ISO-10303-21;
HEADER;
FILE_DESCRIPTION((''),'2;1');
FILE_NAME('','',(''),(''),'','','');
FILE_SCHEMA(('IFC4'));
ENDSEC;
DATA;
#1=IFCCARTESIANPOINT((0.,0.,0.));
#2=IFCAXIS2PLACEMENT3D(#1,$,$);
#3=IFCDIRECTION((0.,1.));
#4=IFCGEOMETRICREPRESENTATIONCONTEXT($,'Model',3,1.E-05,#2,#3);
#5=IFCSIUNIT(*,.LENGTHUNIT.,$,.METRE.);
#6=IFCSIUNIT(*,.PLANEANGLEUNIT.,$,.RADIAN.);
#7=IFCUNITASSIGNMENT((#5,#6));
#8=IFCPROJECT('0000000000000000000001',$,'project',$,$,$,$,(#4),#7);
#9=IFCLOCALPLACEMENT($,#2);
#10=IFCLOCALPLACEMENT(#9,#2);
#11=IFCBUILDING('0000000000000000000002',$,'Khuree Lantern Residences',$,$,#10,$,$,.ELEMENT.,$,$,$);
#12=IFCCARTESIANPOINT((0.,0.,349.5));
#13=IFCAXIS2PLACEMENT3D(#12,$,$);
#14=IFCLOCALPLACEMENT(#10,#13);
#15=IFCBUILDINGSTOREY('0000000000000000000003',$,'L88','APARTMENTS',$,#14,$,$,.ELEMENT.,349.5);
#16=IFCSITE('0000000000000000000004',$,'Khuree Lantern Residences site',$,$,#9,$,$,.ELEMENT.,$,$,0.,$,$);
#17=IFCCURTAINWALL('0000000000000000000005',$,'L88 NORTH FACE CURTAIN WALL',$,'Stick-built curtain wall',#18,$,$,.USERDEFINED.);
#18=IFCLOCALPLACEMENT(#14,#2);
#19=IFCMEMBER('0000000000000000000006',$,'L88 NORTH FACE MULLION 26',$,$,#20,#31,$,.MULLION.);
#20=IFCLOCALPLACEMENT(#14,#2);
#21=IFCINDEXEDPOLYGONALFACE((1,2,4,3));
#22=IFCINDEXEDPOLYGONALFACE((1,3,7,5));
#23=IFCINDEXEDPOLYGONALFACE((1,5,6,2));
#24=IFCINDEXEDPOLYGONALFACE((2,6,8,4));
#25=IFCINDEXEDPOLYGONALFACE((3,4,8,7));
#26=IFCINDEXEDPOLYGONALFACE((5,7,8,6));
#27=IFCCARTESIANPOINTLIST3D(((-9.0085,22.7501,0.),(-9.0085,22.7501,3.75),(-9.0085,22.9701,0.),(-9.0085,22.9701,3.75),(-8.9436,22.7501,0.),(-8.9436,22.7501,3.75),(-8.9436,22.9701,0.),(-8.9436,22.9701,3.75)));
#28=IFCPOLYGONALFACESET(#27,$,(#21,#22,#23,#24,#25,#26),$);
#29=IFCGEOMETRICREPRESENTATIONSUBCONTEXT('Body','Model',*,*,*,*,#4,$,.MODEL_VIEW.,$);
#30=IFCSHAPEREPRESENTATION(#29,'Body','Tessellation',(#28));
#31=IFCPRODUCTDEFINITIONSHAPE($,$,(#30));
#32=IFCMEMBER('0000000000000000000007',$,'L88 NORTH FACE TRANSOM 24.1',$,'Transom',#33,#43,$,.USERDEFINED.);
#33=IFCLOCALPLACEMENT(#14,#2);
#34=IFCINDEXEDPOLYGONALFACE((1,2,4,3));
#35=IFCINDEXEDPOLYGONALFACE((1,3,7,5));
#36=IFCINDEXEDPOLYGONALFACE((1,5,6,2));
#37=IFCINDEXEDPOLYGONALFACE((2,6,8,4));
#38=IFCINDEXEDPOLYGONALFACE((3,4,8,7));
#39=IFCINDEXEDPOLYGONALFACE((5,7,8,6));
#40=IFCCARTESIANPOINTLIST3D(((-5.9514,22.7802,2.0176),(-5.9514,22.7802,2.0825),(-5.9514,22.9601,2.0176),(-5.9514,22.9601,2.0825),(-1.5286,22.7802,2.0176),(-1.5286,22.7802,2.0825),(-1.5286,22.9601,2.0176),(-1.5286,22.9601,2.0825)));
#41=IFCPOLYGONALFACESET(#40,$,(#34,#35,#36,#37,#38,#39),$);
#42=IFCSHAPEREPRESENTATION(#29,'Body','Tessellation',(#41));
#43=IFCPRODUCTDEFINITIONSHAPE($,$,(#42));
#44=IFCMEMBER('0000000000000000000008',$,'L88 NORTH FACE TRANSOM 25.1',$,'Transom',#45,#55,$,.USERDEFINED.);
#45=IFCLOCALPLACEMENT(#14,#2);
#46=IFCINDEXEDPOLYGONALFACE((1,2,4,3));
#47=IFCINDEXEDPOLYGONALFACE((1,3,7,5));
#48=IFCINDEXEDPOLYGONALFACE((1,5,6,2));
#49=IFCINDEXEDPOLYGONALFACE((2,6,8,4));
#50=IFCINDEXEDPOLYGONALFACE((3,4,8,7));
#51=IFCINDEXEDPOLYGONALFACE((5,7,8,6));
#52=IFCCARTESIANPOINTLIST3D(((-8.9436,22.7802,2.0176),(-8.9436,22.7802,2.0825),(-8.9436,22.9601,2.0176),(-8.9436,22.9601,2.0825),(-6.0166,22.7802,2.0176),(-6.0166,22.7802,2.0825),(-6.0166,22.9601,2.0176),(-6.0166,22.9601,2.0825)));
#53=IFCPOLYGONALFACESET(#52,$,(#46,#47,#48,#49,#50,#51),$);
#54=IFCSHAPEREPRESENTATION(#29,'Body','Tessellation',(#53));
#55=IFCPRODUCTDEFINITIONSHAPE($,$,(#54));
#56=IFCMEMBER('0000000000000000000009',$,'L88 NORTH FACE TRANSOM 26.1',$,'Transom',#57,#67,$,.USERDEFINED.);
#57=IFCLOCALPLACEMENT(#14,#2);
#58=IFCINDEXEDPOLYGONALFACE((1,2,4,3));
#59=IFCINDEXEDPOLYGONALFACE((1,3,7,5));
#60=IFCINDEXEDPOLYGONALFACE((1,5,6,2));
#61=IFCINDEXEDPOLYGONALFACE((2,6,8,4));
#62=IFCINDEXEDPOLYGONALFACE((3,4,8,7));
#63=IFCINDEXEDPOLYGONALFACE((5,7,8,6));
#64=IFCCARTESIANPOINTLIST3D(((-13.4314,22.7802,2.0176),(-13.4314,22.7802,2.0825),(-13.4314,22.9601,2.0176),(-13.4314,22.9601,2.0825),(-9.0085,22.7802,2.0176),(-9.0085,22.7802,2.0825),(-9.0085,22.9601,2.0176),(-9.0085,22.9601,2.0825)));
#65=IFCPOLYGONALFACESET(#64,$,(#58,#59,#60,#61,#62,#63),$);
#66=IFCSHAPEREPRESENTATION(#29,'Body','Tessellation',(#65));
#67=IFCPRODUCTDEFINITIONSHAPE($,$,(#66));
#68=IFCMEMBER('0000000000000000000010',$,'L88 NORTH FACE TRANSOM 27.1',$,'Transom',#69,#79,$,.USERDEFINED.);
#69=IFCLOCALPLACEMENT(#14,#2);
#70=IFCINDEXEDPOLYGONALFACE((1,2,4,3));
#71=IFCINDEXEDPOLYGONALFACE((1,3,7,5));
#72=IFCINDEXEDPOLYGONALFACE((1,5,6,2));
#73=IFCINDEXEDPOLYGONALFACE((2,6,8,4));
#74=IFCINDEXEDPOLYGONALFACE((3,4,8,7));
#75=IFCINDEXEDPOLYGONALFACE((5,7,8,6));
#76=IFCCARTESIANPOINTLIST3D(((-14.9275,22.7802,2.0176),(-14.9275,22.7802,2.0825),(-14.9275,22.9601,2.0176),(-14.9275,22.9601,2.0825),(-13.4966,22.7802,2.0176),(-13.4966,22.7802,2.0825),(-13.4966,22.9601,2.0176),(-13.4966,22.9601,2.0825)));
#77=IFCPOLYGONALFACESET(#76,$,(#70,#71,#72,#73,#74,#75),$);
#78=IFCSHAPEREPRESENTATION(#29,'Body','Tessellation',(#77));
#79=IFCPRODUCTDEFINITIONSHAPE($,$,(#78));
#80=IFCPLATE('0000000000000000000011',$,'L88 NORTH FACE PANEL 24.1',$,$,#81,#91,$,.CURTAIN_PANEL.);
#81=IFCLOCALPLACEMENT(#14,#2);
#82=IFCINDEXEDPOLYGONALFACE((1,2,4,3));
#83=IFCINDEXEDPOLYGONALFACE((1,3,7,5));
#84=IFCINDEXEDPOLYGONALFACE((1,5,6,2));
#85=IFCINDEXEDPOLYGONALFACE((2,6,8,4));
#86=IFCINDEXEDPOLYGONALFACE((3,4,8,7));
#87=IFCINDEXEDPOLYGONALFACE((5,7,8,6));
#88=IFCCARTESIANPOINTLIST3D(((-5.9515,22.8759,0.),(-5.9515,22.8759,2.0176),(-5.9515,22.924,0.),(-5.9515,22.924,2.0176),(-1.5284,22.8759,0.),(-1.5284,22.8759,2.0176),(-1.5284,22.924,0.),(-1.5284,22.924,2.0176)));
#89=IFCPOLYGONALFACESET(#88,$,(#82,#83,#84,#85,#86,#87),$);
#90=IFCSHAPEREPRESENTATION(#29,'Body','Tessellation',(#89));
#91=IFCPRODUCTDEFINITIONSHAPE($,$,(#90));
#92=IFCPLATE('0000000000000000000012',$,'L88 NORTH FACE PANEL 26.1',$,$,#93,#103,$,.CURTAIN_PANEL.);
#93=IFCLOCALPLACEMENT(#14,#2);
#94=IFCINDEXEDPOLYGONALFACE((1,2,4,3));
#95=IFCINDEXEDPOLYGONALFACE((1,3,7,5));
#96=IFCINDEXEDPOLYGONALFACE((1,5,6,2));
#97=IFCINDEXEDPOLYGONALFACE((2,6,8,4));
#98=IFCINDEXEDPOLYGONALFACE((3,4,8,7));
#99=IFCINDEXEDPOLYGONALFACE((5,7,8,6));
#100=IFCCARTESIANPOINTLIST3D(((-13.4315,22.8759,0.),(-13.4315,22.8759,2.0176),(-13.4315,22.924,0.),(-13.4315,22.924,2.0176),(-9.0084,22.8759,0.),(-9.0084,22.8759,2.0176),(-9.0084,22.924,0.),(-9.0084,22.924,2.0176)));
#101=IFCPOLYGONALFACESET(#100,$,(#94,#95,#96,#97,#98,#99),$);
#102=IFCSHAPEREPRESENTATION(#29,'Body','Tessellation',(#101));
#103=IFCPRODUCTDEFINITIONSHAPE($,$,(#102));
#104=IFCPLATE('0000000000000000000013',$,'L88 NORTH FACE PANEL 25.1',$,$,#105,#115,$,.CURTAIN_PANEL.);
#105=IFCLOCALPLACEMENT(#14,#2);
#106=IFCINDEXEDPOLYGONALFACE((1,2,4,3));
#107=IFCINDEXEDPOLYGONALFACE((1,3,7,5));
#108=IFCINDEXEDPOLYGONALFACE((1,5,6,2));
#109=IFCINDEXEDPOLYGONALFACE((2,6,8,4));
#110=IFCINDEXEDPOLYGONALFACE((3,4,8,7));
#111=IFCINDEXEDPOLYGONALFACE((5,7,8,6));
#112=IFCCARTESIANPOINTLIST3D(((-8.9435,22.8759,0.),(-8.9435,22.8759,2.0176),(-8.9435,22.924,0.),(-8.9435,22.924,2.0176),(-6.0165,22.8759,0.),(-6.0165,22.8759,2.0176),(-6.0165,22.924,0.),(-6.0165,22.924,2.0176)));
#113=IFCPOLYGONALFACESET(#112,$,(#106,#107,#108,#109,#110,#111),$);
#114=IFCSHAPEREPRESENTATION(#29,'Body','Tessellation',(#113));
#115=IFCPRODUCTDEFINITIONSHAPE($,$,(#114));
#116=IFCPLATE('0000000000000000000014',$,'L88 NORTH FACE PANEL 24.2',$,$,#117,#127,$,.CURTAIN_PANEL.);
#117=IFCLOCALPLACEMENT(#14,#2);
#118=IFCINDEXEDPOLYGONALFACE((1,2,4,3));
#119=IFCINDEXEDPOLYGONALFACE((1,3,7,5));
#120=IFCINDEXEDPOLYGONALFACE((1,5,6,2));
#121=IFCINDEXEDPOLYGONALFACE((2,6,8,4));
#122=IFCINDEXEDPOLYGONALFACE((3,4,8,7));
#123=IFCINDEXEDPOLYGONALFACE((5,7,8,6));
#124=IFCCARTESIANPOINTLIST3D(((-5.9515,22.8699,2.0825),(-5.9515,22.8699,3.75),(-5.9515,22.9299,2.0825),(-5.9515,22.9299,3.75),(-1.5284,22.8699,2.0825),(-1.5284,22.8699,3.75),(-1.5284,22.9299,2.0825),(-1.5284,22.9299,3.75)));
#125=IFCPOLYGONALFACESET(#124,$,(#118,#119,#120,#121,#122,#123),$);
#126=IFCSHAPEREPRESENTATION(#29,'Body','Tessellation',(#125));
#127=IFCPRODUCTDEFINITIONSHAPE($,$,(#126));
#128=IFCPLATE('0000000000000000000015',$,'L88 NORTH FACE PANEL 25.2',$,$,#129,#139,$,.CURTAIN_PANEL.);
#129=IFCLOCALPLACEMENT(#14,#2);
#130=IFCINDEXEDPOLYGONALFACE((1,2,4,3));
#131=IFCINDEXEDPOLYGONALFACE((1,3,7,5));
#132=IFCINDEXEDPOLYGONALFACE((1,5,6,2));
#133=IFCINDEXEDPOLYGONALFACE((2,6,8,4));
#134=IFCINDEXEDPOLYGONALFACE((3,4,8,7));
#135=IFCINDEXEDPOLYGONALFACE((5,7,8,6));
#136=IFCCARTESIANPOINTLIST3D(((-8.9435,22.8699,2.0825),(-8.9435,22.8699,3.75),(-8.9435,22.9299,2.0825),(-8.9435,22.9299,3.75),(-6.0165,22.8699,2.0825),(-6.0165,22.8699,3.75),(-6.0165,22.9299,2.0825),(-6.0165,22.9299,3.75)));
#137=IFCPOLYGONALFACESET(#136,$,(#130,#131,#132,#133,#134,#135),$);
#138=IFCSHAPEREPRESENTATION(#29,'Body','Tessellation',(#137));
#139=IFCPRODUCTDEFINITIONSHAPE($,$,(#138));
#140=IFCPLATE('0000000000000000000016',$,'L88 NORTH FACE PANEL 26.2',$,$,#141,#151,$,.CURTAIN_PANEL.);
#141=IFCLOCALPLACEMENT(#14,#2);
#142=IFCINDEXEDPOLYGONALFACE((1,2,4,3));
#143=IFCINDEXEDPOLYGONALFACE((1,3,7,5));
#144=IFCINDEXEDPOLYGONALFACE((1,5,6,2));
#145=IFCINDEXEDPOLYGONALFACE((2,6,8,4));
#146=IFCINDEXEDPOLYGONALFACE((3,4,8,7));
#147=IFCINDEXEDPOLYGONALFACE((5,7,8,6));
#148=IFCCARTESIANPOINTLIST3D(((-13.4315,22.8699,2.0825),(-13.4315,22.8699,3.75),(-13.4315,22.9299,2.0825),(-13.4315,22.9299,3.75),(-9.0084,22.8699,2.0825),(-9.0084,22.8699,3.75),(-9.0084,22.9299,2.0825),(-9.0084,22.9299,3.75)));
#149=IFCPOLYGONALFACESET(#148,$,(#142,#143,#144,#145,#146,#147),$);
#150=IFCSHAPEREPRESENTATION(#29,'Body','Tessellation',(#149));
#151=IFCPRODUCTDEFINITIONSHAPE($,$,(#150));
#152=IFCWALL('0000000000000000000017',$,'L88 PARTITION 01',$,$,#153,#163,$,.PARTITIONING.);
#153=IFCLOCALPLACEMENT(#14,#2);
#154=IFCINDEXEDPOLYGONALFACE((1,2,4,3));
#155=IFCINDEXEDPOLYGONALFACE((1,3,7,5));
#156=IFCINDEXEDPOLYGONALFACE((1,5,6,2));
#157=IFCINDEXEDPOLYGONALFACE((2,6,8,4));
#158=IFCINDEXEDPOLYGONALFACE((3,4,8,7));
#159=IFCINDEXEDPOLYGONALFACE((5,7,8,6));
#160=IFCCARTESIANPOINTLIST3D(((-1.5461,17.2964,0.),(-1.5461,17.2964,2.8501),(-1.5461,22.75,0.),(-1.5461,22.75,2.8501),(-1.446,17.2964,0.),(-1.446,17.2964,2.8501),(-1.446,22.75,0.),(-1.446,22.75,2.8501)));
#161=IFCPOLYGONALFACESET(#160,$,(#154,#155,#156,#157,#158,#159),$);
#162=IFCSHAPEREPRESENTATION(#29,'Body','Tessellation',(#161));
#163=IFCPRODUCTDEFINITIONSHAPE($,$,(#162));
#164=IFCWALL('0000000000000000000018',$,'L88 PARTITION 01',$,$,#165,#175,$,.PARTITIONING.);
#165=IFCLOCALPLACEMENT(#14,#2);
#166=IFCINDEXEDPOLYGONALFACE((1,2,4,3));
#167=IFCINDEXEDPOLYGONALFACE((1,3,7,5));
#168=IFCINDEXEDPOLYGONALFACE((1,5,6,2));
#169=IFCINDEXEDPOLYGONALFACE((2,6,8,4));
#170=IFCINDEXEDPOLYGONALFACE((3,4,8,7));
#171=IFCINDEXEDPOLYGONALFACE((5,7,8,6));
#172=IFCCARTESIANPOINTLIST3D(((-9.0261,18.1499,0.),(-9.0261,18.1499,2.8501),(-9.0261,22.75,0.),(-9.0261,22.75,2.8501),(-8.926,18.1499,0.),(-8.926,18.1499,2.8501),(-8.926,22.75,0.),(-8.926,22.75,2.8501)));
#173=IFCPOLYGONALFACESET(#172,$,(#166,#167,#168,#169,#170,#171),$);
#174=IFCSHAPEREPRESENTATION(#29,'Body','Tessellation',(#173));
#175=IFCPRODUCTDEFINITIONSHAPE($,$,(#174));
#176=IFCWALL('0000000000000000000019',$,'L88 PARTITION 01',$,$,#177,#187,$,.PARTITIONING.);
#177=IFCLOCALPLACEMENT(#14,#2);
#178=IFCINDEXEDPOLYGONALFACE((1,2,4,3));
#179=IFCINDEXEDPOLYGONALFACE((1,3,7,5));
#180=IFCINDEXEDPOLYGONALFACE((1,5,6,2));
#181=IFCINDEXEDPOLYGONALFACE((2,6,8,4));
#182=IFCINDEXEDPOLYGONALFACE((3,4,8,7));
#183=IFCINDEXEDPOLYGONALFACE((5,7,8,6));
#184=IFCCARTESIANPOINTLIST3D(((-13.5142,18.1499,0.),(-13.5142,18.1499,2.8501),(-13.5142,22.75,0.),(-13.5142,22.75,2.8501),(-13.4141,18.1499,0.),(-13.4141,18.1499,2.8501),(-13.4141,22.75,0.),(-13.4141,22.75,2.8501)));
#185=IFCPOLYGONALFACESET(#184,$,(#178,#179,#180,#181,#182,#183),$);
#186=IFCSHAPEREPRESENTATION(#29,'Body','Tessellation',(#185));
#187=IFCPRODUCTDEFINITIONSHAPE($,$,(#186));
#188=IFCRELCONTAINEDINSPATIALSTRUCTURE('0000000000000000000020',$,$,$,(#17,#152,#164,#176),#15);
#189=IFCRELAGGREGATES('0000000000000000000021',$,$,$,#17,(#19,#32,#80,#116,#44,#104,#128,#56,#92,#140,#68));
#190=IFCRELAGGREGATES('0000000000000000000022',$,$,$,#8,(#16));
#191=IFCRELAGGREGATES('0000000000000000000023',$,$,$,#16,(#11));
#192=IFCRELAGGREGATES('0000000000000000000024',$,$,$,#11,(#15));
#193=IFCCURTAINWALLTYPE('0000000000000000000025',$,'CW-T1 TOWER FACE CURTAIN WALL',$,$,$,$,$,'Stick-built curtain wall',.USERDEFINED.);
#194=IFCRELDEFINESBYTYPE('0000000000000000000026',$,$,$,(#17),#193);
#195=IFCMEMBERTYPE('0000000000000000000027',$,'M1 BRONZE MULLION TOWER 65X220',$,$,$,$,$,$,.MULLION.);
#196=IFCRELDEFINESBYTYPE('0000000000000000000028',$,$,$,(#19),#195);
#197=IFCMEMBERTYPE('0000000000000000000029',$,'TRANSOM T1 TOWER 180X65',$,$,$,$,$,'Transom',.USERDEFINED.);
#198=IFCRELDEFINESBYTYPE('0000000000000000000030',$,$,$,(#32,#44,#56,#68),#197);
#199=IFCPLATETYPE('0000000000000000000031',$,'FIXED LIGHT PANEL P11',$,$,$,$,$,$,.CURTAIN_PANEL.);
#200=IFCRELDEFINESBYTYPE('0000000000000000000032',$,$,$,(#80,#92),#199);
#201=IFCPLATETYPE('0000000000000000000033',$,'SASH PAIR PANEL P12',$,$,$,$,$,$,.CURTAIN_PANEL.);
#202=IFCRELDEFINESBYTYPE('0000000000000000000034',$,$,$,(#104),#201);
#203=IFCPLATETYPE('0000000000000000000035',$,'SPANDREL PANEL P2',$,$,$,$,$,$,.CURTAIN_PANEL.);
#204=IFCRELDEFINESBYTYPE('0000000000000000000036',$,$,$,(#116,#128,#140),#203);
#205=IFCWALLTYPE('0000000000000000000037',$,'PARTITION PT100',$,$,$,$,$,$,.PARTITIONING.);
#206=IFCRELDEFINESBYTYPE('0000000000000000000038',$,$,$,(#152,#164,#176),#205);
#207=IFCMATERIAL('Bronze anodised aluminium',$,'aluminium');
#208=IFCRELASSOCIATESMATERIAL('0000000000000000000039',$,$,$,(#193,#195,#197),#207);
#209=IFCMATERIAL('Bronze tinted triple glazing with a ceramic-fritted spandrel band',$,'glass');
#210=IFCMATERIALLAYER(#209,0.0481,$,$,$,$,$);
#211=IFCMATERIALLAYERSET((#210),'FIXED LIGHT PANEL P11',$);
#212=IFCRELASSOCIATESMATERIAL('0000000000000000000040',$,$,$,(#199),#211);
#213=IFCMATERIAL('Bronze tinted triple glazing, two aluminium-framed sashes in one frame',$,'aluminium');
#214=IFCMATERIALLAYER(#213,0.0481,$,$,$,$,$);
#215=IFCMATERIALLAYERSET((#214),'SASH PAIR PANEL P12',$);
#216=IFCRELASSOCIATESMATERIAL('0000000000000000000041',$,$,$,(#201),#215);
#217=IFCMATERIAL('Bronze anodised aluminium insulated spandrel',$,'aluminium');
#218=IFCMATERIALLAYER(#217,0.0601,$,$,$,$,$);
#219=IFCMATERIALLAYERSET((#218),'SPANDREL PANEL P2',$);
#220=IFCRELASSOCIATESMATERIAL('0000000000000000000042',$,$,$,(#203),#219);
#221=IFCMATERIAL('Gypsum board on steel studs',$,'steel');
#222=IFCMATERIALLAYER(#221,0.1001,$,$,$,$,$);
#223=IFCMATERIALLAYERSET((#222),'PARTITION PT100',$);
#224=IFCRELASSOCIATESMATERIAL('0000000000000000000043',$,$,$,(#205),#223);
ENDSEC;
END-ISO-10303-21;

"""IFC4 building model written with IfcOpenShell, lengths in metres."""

from ifc_helpers import new_model, si_unit, direction, frame, frame_2d, origin, origin_2d, place, context, subcontext, project, spatial, rectangle, extrude, material, layer, layer_set, material_profile, profile_set, type_object, element, aggregate, save


model = new_model("IFC4")

# Units and contexts
model_context = context("Model", 3, precision=1e-05, world=origin(), true_north=direction((0.0, 1.0)))
body_context = subcontext(model_context, "Body", "Model", "MODEL_VIEW")
ifc_project = project(units=[si_unit("LENGTHUNIT", "METRE"), si_unit("PLANEANGLEUNIT", "RADIAN")], contexts=[model_context])

# Site, building, storey
site_placement = place(None, origin())
site = spatial("IfcSite", under=ifc_project, at=site_placement, Name="Khuree Lantern Residences site", CompositionType="ELEMENT", RefElevation=0.0)
building_placement = place(site_placement, origin())
building = spatial("IfcBuilding", under=site, at=building_placement, Name="Khuree Lantern Residences", CompositionType="ELEMENT")
storey_placement = place(building_placement, frame((0.0, 0.0, 349.5)))
storey = spatial("IfcBuildingStorey", under=building, at=storey_placement, Name="L88", Description="APARTMENTS", CompositionType="ELEMENT", Elevation=349.5)

# Curtain wall
ifc_material_1 = material(Name="Bronze anodised aluminium", Category="aluminium")
curtain_wall_type = type_object("IfcCurtainWallType", Name="CW-T1 TOWER FACE CURTAIN WALL", ElementType="Stick-built curtain wall", PredefinedType="USERDEFINED", material=ifc_material_1)
curtain_wall_placement = place(storey_placement, origin())
curtain_wall = element("IfcCurtainWall", 1, at=curtain_wall_placement, inside=storey, type_object=curtain_wall_type, Name="L88 NORTH FACE CURTAIN WALL", ObjectType="Stick-built curtain wall", PredefinedType="USERDEFINED")

# Members
ifc_material_profile_1 = material_profile(ifc_material_1, rectangle(XDim=0.0649, YDim=0.22, at=origin_2d()), Name="M1 65X220")
ifc_profile_set_1 = profile_set([ifc_material_profile_1], Name="Bronze anodised aluminium")
member_type_1 = type_object("IfcMemberType", Name="M1 BRONZE MULLION TOWER 65X220", PredefinedType="MULLION", material=ifc_profile_set_1)
member_1_placement = place(storey_placement, frame((-8.9761, 22.8601, 0.0), z_axis=(0.0, 0.0, 1.0), x_axis=(-1.0, 0.0, 0.0)))
member_1 = element("IfcMember", 2, at=member_1_placement, type_object=member_type_1, Name="L88 NORTH FACE MULLION 26", PredefinedType="MULLION", context=body_context, shape_type="SweptSolid", body=[
    extrude(rectangle(XDim=0.0649, YDim=0.22, at=origin_2d()), origin(), (0.0, 0.0, 1.0), 3.75),
])
ifc_material_profile_2 = material_profile(ifc_material_1, rectangle(XDim=0.1799, YDim=0.0649, at=origin_2d()), Name="T1 180X65")
ifc_profile_set_2 = profile_set([ifc_material_profile_2], Name="Bronze anodised aluminium")
member_type_2 = type_object("IfcMemberType", Name="TRANSOM T1 TOWER 180X65", ElementType="Transom", PredefinedType="USERDEFINED", material=ifc_profile_set_2)
member_2_placement = place(storey_placement, frame((-1.5286, 22.8701, 2.05), z_axis=(-1.0, 0.0, 0.0), x_axis=(0.0, -1.0, 0.0)))
member_2 = element("IfcMember", 3, at=member_2_placement, type_object=member_type_2, Name="L88 NORTH FACE TRANSOM 24.1", ObjectType="Transom", PredefinedType="USERDEFINED", context=body_context, shape_type="SweptSolid", body=[
    extrude(rectangle(XDim=0.1799, YDim=0.0649, at=origin_2d()), origin(), (0.0, 0.0, 1.0), 4.4229),
])
member_3_placement = place(storey_placement, frame((-6.0166, 22.8701, 2.05), z_axis=(-1.0, 0.0, 0.0), x_axis=(0.0, -1.0, 0.0)))
member_3 = element("IfcMember", 4, at=member_3_placement, type_object=member_type_2, Name="L88 NORTH FACE TRANSOM 25.1", ObjectType="Transom", PredefinedType="USERDEFINED", context=body_context, shape_type="SweptSolid", body=[
    extrude(rectangle(XDim=0.1799, YDim=0.0649, at=origin_2d()), origin(), (0.0, 0.0, 1.0), 2.927),
])
member_4_placement = place(storey_placement, frame((-9.0085, 22.8701, 2.05), z_axis=(-1.0, 0.0, 0.0), x_axis=(0.0, -1.0, 0.0)))
member_4 = element("IfcMember", 5, at=member_4_placement, type_object=member_type_2, Name="L88 NORTH FACE TRANSOM 26.1", ObjectType="Transom", PredefinedType="USERDEFINED", context=body_context, shape_type="SweptSolid", body=[
    extrude(rectangle(XDim=0.1799, YDim=0.0649, at=origin_2d()), origin(), (0.0, 0.0, 1.0), 4.4229),
])
member_5_placement = place(storey_placement, frame((-13.4966, 22.8701, 2.05), z_axis=(-1.0, 0.0, 0.0), x_axis=(0.0, -1.0, 0.0)))
member_5 = element("IfcMember", 6, at=member_5_placement, type_object=member_type_2, Name="L88 NORTH FACE TRANSOM 27.1", ObjectType="Transom", PredefinedType="USERDEFINED", context=body_context, shape_type="SweptSolid", body=[
    extrude(rectangle(XDim=0.1799, YDim=0.0649, at=origin_2d()), origin(), (0.0, 0.0, 1.0), 1.4309),
])

# Plates
ifc_material_2 = material(Name="Bronze tinted triple glazing with a ceramic-fritted spandrel band", Category="glass")
ifc_layer_1 = layer(ifc_material_2, 0.0481)
ifc_layer_set_1 = layer_set([ifc_layer_1], Name="FIXED LIGHT PANEL P11")
plate_type_1 = type_object("IfcPlateType", Name="FIXED LIGHT PANEL P11", PredefinedType="CURTAIN_PANEL", material=ifc_layer_set_1)
plate_1_placement = place(storey_placement, frame((-3.74, 22.8999, 0.0), z_axis=(0.0, 0.0, 1.0), x_axis=(-1.0, 0.0, 0.0)))
plate_1 = element("IfcPlate", 7, at=plate_1_placement, type_object=plate_type_1, Name="L88 NORTH FACE PANEL 24.1", PredefinedType="CURTAIN_PANEL", context=body_context, shape_type="SweptSolid", body=[
    extrude(rectangle(XDim=4.4231, YDim=0.0481, at=origin_2d()), origin(), (0.0, 0.0, 1.0), 2.0176),
])
plate_2_placement = place(storey_placement, frame((-11.22, 22.8999, 0.0), z_axis=(0.0, 0.0, 1.0), x_axis=(-1.0, 0.0, 0.0)))
plate_2 = element("IfcPlate", 8, at=plate_2_placement, type_object=plate_type_1, Name="L88 NORTH FACE PANEL 26.1", PredefinedType="CURTAIN_PANEL", context=body_context, shape_type="SweptSolid", body=[
    extrude(rectangle(XDim=4.4231, YDim=0.0481, at=origin_2d()), origin(), (0.0, 0.0, 1.0), 2.0176),
])
ifc_material_3 = material(Name="Bronze tinted triple glazing, two aluminium-framed sashes in one frame", Category="aluminium")
ifc_layer_2 = layer(ifc_material_3, 0.0481)
ifc_layer_set_2 = layer_set([ifc_layer_2], Name="SASH PAIR PANEL P12")
plate_type_2 = type_object("IfcPlateType", Name="SASH PAIR PANEL P12", PredefinedType="CURTAIN_PANEL", material=ifc_layer_set_2)
plate_3_placement = place(storey_placement, frame((-7.48, 22.8999, 0.0), z_axis=(0.0, 0.0, 1.0), x_axis=(-1.0, 0.0, 0.0)))
plate_3 = element("IfcPlate", 9, at=plate_3_placement, type_object=plate_type_2, Name="L88 NORTH FACE PANEL 25.1", PredefinedType="CURTAIN_PANEL", context=body_context, shape_type="SweptSolid", body=[
    extrude(rectangle(XDim=2.927, YDim=0.0481, at=origin_2d()), origin(), (0.0, 0.0, 1.0), 2.0176),
])
ifc_material_4 = material(Name="Bronze anodised aluminium insulated spandrel", Category="aluminium")
ifc_layer_3 = layer(ifc_material_4, 0.0601)
ifc_layer_set_3 = layer_set([ifc_layer_3], Name="SPANDREL PANEL P2")
plate_type_3 = type_object("IfcPlateType", Name="SPANDREL PANEL P2", PredefinedType="CURTAIN_PANEL", material=ifc_layer_set_3)
plate_4_placement = place(storey_placement, frame((-3.74, 22.8999, 2.0825), z_axis=(0.0, 0.0, 1.0), x_axis=(-1.0, 0.0, 0.0)))
plate_4 = element("IfcPlate", 10, at=plate_4_placement, type_object=plate_type_3, Name="L88 NORTH FACE PANEL 24.2", PredefinedType="CURTAIN_PANEL", context=body_context, shape_type="SweptSolid", body=[
    extrude(rectangle(XDim=4.4231, YDim=0.0601, at=origin_2d()), origin(), (0.0, 0.0, 1.0), 1.6675),
])
plate_5_placement = place(storey_placement, frame((-7.48, 22.8999, 2.0825), z_axis=(0.0, 0.0, 1.0), x_axis=(-1.0, 0.0, 0.0)))
plate_5 = element("IfcPlate", 11, at=plate_5_placement, type_object=plate_type_3, Name="L88 NORTH FACE PANEL 25.2", PredefinedType="CURTAIN_PANEL", context=body_context, shape_type="SweptSolid", body=[
    extrude(rectangle(XDim=2.927, YDim=0.0601, at=origin_2d()), origin(), (0.0, 0.0, 1.0), 1.6675),
])
plate_6_placement = place(storey_placement, frame((-11.22, 22.8999, 2.0825), z_axis=(0.0, 0.0, 1.0), x_axis=(-1.0, 0.0, 0.0)))
plate_6 = element("IfcPlate", 12, at=plate_6_placement, type_object=plate_type_3, Name="L88 NORTH FACE PANEL 26.2", PredefinedType="CURTAIN_PANEL", context=body_context, shape_type="SweptSolid", body=[
    extrude(rectangle(XDim=4.4231, YDim=0.0601, at=origin_2d()), origin(), (0.0, 0.0, 1.0), 1.6675),
])
aggregate(curtain_wall, [member_1, member_2, plate_1, plate_4, member_3, plate_3, plate_5, member_4, plate_2, plate_6, member_5])

# Walls
ifc_material_5 = material(Name="Gypsum board on steel studs", Category="steel")
ifc_layer_4 = layer(ifc_material_5, 0.1001)
ifc_layer_set_4 = layer_set([ifc_layer_4], Name="PARTITION PT100")
wall_type = type_object("IfcWallType", Name="PARTITION PT100", PredefinedType="PARTITIONING", material=ifc_layer_set_4)
wall_1_placement = place(storey_placement, frame((-1.4961, 17.2964, 0.0), z_axis=(0.0, 0.0, 1.0), x_axis=(0.0, 1.0, 0.0)))
element("IfcWall", 13, at=wall_1_placement, inside=storey, type_object=wall_type, Name="L88 PARTITION 01", PredefinedType="PARTITIONING", context=body_context, shape_type="SweptSolid", body=[
    extrude(rectangle(XDim=5.4536, YDim=0.1001, at=frame_2d((2.7268, 0.0))), origin(), (0.0, 0.0, 1.0), 2.8501),
])
for number, where, z_axis, x_axis, name in (
    (14, (-8.9761, 18.1499, 0.0), (0.0, 0.0, 1.0), (0.0, 1.0, 0.0), "L88 PARTITION 01"),
    (15, (-13.4641, 18.1499, 0.0), (0.0, 0.0, 1.0), (0.0, 1.0, 0.0), "L88 PARTITION 01"),
):
    element("IfcWall", number, at=place(storey_placement, frame(where, z_axis=z_axis, x_axis=x_axis)), inside=storey, type_object=wall_type, Name=name, PredefinedType="PARTITIONING", context=body_context, shape_type="SweptSolid", body=[
        extrude(rectangle(XDim=4.6001, YDim=0.1001, at=frame_2d((2.3, 0.0))), origin(), (0.0, 0.0, 1.0), 2.8501),
    ])

save(model, "model.ifc")
